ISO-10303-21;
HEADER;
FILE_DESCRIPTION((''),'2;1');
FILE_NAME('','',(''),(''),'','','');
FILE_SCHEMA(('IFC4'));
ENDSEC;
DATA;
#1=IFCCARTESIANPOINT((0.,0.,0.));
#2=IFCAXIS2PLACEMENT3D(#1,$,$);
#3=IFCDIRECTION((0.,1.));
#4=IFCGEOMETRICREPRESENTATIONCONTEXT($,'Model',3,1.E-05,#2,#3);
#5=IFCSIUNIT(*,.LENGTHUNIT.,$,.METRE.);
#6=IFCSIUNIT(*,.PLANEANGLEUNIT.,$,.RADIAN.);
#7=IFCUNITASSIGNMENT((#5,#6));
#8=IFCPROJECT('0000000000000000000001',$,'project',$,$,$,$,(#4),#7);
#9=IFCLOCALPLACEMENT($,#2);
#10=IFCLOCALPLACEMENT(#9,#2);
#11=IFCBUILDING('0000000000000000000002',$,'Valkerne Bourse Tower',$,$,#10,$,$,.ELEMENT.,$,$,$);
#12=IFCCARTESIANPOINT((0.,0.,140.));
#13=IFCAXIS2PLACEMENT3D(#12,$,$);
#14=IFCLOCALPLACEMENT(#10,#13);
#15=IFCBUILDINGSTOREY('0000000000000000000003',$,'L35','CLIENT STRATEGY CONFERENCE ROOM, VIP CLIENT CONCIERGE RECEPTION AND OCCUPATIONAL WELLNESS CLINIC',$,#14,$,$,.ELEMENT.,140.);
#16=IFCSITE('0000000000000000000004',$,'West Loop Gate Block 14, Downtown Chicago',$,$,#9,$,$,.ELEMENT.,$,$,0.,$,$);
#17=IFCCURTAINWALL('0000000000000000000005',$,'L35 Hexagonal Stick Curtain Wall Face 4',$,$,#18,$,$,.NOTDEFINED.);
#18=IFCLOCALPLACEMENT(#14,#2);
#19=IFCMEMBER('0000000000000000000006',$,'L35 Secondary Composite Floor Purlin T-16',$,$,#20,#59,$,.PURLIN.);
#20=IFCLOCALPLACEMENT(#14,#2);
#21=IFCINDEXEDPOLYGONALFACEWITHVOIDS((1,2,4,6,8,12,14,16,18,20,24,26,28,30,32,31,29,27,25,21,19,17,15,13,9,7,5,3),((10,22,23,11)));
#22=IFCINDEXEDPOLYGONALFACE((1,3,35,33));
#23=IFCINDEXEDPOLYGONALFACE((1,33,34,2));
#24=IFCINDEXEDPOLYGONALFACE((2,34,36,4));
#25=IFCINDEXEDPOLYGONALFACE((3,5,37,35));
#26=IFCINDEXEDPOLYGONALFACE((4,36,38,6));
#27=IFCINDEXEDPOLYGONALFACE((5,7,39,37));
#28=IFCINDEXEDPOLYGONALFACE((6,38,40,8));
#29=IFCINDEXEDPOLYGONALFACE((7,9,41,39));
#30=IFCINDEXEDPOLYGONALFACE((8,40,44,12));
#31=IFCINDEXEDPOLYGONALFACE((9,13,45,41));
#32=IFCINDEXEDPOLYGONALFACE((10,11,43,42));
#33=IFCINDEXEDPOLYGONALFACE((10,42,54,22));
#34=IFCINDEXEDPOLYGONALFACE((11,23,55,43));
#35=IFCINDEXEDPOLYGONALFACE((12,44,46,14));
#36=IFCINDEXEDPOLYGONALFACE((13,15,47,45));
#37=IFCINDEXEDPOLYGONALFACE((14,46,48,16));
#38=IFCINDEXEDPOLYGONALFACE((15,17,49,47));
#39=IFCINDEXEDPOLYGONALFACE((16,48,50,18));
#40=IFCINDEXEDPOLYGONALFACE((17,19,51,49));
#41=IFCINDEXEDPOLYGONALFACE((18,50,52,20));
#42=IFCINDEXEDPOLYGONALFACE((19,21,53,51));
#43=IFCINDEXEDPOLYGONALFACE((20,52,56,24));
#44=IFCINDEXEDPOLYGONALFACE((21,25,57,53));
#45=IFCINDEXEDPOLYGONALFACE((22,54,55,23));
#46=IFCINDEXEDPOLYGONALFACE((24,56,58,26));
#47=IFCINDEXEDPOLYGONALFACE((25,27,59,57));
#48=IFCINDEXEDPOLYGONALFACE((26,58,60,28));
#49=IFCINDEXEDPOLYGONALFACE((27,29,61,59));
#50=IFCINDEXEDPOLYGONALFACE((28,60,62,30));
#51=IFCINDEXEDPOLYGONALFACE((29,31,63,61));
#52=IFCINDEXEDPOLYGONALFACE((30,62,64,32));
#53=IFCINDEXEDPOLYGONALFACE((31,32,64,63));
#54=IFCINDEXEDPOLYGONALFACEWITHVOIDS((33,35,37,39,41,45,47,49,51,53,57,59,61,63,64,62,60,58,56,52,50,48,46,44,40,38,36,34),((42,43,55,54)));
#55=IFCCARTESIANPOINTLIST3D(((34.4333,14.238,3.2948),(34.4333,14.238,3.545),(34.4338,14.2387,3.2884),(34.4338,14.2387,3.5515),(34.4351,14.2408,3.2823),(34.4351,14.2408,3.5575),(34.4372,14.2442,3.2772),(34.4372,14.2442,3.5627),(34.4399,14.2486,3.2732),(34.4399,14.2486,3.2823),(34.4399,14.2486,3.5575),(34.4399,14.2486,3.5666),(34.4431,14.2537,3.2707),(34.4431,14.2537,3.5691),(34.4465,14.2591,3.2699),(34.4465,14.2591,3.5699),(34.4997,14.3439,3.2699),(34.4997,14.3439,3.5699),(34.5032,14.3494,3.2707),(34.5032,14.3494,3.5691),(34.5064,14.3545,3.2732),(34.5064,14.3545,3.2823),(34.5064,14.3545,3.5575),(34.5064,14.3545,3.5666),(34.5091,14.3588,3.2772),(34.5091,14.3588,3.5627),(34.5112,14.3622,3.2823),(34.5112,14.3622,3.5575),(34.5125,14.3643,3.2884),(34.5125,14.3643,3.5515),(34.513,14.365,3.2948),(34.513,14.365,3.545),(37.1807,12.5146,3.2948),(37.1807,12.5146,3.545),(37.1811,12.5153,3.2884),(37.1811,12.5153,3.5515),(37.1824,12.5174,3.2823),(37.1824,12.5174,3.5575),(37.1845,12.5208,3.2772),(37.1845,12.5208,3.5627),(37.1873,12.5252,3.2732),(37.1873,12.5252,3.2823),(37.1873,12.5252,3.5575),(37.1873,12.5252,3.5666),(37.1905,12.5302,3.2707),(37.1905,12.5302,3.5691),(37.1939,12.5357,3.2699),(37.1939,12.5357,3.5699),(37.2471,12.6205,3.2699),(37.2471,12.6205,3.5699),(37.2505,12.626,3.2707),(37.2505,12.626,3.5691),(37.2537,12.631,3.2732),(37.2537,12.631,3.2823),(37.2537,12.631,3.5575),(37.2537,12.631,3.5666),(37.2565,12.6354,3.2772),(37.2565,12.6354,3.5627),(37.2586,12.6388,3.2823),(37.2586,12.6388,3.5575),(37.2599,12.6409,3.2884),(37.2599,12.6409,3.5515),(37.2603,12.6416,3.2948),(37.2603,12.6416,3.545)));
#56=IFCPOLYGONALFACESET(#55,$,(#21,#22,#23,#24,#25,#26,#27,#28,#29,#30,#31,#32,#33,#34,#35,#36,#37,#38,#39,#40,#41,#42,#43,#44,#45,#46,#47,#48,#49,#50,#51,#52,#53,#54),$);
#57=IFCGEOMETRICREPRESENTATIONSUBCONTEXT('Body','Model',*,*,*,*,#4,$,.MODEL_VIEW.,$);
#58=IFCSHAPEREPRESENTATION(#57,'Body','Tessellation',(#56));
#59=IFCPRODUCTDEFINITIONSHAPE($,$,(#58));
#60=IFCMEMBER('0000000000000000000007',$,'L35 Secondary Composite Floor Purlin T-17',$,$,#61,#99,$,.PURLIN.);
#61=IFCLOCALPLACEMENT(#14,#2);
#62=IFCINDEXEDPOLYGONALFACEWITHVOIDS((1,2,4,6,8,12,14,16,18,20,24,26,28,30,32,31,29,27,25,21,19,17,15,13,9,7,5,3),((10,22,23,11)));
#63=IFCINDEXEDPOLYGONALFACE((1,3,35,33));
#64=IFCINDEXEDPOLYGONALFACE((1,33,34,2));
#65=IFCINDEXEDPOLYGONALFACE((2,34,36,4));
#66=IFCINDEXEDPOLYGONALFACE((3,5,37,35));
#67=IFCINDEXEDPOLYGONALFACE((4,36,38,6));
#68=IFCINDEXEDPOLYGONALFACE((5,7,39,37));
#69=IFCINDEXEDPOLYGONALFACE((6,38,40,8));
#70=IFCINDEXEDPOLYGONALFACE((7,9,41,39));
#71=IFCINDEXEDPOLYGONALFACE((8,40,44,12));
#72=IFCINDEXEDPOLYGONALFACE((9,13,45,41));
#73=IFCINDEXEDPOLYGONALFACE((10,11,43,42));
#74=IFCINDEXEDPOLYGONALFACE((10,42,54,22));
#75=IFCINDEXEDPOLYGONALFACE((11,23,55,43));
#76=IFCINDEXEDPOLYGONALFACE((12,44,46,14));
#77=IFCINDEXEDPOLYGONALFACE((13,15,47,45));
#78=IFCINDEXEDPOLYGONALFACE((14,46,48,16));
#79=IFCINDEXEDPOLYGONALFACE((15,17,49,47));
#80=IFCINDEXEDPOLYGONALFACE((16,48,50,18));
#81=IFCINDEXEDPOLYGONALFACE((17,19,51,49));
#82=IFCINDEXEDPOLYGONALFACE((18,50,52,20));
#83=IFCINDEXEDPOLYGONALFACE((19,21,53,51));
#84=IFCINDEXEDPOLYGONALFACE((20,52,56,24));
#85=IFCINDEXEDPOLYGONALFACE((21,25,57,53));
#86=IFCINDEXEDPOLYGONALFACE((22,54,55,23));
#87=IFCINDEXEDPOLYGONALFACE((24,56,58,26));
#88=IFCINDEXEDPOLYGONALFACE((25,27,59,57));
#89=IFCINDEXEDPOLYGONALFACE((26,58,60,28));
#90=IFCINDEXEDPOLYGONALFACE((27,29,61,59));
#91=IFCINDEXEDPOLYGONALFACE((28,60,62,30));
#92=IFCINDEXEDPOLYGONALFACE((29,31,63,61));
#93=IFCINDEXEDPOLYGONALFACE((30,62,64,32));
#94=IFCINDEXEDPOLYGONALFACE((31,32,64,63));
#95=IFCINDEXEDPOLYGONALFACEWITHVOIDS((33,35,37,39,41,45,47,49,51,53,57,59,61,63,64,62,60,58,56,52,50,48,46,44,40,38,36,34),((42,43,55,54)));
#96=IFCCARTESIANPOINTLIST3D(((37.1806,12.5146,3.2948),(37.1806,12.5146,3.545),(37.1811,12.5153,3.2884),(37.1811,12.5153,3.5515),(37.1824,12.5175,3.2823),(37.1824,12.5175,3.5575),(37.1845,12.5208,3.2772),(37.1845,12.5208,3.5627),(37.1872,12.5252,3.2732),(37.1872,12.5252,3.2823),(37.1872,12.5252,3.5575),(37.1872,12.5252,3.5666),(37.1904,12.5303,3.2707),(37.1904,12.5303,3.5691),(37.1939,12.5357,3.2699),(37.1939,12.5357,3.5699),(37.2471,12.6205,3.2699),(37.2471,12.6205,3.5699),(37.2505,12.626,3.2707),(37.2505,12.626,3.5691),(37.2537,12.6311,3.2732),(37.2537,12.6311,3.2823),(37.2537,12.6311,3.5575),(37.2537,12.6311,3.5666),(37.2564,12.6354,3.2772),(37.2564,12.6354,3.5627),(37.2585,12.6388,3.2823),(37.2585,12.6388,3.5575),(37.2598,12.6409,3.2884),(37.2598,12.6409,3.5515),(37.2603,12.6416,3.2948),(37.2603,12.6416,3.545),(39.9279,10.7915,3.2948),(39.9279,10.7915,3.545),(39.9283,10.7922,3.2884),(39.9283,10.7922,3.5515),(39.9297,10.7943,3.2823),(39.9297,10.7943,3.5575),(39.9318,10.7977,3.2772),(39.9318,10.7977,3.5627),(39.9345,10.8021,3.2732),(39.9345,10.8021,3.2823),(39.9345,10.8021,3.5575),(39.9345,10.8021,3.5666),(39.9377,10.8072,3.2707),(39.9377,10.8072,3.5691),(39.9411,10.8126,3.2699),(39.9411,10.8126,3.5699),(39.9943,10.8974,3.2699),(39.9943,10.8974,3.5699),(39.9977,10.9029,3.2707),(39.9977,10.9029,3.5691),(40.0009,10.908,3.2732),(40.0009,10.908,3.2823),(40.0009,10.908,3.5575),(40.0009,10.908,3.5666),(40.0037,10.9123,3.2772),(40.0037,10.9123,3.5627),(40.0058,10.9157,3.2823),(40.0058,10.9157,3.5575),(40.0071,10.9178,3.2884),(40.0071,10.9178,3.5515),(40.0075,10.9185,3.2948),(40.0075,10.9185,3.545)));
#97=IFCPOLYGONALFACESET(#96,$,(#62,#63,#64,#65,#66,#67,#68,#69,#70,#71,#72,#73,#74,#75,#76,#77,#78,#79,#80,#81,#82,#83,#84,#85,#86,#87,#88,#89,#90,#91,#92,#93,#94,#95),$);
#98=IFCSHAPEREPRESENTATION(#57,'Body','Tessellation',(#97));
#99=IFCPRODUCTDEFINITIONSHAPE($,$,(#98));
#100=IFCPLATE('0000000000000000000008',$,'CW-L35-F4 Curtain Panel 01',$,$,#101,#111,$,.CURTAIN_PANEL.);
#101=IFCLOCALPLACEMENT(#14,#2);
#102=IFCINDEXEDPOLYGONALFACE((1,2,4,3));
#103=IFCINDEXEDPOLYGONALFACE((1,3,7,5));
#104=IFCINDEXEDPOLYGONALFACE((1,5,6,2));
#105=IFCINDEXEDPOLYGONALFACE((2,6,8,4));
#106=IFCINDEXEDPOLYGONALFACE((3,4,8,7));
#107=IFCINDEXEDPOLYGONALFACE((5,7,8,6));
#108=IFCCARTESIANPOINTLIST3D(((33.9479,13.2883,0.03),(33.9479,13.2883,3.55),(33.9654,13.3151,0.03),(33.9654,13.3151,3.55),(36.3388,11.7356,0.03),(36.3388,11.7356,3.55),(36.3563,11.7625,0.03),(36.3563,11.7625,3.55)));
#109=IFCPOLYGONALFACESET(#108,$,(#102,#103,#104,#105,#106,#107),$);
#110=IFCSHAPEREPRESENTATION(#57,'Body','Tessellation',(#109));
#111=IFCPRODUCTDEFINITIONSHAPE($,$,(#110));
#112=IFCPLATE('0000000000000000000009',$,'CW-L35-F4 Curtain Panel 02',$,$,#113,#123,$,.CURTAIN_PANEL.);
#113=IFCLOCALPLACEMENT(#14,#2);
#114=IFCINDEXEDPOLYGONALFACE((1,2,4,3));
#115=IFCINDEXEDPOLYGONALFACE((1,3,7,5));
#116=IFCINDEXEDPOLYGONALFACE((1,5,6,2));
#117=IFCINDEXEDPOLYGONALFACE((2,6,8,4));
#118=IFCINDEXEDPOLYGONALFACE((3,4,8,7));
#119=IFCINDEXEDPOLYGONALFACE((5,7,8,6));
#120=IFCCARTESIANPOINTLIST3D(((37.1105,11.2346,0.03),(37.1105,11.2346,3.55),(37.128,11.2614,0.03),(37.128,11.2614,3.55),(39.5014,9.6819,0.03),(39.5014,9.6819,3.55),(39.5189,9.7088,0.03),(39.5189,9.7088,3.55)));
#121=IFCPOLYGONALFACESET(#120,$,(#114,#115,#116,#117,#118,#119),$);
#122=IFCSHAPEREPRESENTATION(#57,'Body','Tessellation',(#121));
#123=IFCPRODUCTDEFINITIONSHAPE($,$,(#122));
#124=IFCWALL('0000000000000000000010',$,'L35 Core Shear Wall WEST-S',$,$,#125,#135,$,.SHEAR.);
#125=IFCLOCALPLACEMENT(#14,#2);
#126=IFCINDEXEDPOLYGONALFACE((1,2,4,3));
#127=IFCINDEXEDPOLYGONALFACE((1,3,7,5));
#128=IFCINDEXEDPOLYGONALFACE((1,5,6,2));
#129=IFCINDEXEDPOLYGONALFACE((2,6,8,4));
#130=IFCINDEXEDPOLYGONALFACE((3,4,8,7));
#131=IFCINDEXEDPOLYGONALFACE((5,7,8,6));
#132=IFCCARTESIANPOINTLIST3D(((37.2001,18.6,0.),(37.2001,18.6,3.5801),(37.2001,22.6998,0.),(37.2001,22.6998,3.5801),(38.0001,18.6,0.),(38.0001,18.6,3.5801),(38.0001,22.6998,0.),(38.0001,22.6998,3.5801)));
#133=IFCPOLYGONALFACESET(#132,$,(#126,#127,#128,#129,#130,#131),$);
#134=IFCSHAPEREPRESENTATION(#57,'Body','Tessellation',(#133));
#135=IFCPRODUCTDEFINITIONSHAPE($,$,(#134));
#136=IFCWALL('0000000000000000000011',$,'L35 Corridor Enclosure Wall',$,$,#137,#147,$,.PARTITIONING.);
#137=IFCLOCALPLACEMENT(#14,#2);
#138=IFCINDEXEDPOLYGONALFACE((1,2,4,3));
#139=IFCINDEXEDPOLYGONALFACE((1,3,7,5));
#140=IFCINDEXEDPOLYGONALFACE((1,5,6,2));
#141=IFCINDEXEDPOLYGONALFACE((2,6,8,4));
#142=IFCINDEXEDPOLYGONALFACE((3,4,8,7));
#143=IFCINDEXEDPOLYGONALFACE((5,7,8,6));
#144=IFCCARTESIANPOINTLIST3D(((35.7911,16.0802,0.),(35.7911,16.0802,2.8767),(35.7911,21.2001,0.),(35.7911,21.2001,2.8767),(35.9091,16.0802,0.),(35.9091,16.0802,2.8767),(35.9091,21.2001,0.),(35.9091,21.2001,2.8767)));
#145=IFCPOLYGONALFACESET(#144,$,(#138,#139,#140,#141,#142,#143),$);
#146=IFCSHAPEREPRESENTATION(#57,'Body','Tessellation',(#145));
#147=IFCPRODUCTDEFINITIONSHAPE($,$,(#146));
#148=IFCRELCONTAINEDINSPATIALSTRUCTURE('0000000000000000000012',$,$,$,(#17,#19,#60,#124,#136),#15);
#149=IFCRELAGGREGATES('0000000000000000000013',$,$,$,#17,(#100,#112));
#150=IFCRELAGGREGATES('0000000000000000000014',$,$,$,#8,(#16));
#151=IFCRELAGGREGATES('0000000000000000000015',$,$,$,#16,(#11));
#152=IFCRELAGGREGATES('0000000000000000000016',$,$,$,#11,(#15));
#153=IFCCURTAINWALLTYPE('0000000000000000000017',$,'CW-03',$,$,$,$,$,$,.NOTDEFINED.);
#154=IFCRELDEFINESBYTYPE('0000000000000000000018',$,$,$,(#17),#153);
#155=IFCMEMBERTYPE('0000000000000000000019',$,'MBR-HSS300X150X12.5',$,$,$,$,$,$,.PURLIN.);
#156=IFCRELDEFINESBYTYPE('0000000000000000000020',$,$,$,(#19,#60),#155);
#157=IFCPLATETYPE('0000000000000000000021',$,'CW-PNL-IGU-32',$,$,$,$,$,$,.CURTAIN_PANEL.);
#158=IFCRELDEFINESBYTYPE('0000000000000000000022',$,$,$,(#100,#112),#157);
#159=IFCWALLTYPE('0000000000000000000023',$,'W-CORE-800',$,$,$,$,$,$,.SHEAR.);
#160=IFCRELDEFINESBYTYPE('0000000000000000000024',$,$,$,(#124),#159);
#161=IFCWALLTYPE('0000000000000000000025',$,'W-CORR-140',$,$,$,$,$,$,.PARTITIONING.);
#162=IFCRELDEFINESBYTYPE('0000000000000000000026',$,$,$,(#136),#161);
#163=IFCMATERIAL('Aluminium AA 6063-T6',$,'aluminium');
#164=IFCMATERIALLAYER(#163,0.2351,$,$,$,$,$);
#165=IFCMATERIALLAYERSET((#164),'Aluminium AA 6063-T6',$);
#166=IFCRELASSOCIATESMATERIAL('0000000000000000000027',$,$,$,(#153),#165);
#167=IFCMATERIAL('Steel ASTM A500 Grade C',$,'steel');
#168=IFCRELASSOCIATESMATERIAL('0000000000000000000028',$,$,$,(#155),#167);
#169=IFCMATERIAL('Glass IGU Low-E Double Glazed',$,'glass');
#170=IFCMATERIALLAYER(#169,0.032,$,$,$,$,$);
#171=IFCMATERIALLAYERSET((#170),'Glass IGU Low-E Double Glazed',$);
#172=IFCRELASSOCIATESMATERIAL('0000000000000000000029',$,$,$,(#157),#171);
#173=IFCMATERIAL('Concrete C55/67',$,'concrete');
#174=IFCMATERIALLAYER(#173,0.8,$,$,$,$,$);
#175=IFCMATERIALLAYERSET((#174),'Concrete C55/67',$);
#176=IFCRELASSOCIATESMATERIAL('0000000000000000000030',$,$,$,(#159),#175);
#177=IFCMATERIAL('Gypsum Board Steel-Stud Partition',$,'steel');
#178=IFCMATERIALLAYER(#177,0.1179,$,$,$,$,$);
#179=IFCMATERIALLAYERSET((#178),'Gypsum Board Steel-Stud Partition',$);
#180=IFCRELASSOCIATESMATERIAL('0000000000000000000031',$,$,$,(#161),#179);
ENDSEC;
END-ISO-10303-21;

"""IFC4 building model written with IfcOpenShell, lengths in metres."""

from ifc_helpers import new_model, si_unit, direction, frame, frame_2d, origin, origin_2d, place, context, subcontext, project, spatial, rectangle, hollow_rectangle, extrude, material, layer, layer_set, material_profile, profile_set, type_object, element, aggregate, save


model = new_model("IFC4")

# Units and contexts
model_context = context("Model", 3, precision=1e-05, world=origin(), true_north=direction((0.0, 1.0)))
body_context = subcontext(model_context, "Body", "Model", "MODEL_VIEW")
ifc_project = project(units=[si_unit("LENGTHUNIT", "METRE"), si_unit("PLANEANGLEUNIT", "RADIAN")], contexts=[model_context])

# Site, building, storey
site_placement = place(None, origin())
site = spatial("IfcSite", under=ifc_project, at=site_placement, Name="West Loop Gate Block 14, Downtown Chicago", CompositionType="ELEMENT", RefElevation=0.0)
building_placement = place(site_placement, origin())
building = spatial("IfcBuilding", under=site, at=building_placement, Name="Valkerne Bourse Tower", CompositionType="ELEMENT")
storey_placement = place(building_placement, frame((0.0, 0.0, 140.0)))
storey = spatial("IfcBuildingStorey", under=building, at=storey_placement, Name="L35", Description="CLIENT STRATEGY CONFERENCE ROOM, VIP CLIENT CONCIERGE RECEPTION AND OCCUPATIONAL WELLNESS CLINIC", CompositionType="ELEMENT", Elevation=140.0)

# Curtain wall
ifc_material_1 = material(Name="Aluminium AA 6063-T6", Category="aluminium")
ifc_layer_1 = layer(ifc_material_1, 0.2351)
ifc_layer_set_1 = layer_set([ifc_layer_1], Name="Aluminium AA 6063-T6")
curtain_wall_type = type_object("IfcCurtainWallType", Name="CW-03", PredefinedType="NOTDEFINED", material=ifc_layer_set_1)
curtain_wall_placement = place(storey_placement, origin())
curtain_wall = element("IfcCurtainWall", 1, at=curtain_wall_placement, inside=storey, type_object=curtain_wall_type, Name="L35 Hexagonal Stick Curtain Wall Face 4", PredefinedType="NOTDEFINED")

# Members
ifc_material_2 = material(Name="Steel ASTM A500 Grade C", Category="steel")
ifc_material_profile_1 = material_profile(ifc_material_2, hollow_rectangle(XDim=0.1499, YDim=0.3, WallThickness=0.0125, OuterFilletRadius=0.0249, at=origin_2d()), Name="HSS300X150X12.5")
ifc_profile_set_1 = profile_set([ifc_material_profile_1], Name="Steel ASTM A500 Grade C")
member_type_1 = type_object("IfcMemberType", Name="MBR-HSS300X150X12.5", PredefinedType="PURLIN", material=ifc_profile_set_1)
member_1_placement = place(storey_placement, frame((34.4731, 14.3015, 3.4199), z_axis=(0.847122, -0.531399, 0.0), x_axis=(0.531399, 0.847122, 0.0)))
element("IfcMember", 2, at=member_1_placement, inside=storey, type_object=member_type_1, Name="L35 Secondary Composite Floor Purlin T-16", PredefinedType="PURLIN", context=body_context, shape_type="SweptSolid", body=[
    extrude(hollow_rectangle(XDim=0.1499, YDim=0.3, WallThickness=0.0125, OuterFilletRadius=0.0249, at=origin_2d()), origin(), (0.0, 0.0, 1.0), 3.2432),
])
member_2_placement = place(storey_placement, frame((37.2205, 12.5781, 3.4199), z_axis=(0.847156, -0.531345, 0.0), x_axis=(0.531345, 0.847156, 0.0)))
element("IfcMember", 3, at=member_2_placement, inside=storey, type_object=member_type_1, Name="L35 Secondary Composite Floor Purlin T-17", PredefinedType="PURLIN", context=body_context, shape_type="SweptSolid", body=[
    extrude(hollow_rectangle(XDim=0.1499, YDim=0.3, WallThickness=0.0125, OuterFilletRadius=0.0249, at=origin_2d()), origin(), (0.0, 0.0, 1.0), 3.2429),
])

# Plates
ifc_material_3 = material(Name="Glass IGU Low-E Double Glazed", Category="glass")
ifc_layer_2 = layer(ifc_material_3, 0.032)
ifc_layer_set_2 = layer_set([ifc_layer_2], Name="Glass IGU Low-E Double Glazed")
plate_type = type_object("IfcPlateType", Name="CW-PNL-IGU-32", PredefinedType="CURTAIN_PANEL", material=ifc_layer_set_2)
plate_1_placement = place(storey_placement, frame((35.1521, 12.5254, 0.03), z_axis=(0.0, 0.0, 1.0), x_axis=(0.838673, -0.544636, 0.0)))
plate_1 = element("IfcPlate", 4, at=plate_1_placement, type_object=plate_type, Name="CW-L35-F4 Curtain Panel 01", PredefinedType="CURTAIN_PANEL", context=body_context, shape_type="SweptSolid", body=[
    extrude(rectangle(XDim=2.8508, YDim=0.032, at=origin_2d()), origin(), (0.0, 0.0, 1.0), 3.52),
])
plate_2_placement = place(storey_placement, frame((38.3147, 10.4717, 0.03), z_axis=(0.0, 0.0, 1.0), x_axis=(0.838673, -0.544636, 0.0)))
plate_2 = element("IfcPlate", 5, at=plate_2_placement, type_object=plate_type, Name="CW-L35-F4 Curtain Panel 02", PredefinedType="CURTAIN_PANEL", context=body_context, shape_type="SweptSolid", body=[
    extrude(rectangle(XDim=2.8508, YDim=0.032, at=origin_2d()), origin(), (0.0, 0.0, 1.0), 3.52),
])
aggregate(curtain_wall, [plate_1, plate_2])

# Shared definitions
ifc_material_4 = material(Name="Concrete C55/67", Category="concrete")
ifc_layer_3 = layer(ifc_material_4, 0.8)
ifc_layer_set_3 = layer_set([ifc_layer_3], Name="Concrete C55/67")
wall_type_1 = type_object("IfcWallType", Name="W-CORE-800", PredefinedType="SHEAR", material=ifc_layer_set_3)

# Walls
wall_1_placement = place(storey_placement, frame((37.6001, 18.6001, 0.0), z_axis=(0.0, 0.0, 1.0), x_axis=(0.0, 1.0, 0.0)))
element("IfcWall", 6, at=wall_1_placement, inside=storey, type_object=wall_type_1, Name="L35 Core Shear Wall WEST-S", PredefinedType="SHEAR", context=body_context, shape_type="SweptSolid", body=[
    extrude(rectangle(XDim=4.0999, YDim=0.8, at=frame_2d((2.0498, 0.0))), origin(), (0.0, 0.0, 1.0), 3.5801),
])
ifc_material_5 = material(Name="Gypsum Board Steel-Stud Partition", Category="steel")
ifc_layer_4 = layer(ifc_material_5, 0.1179)
ifc_layer_set_4 = layer_set([ifc_layer_4], Name="Gypsum Board Steel-Stud Partition")
wall_type_2 = type_object("IfcWallType", Name="W-CORR-140", PredefinedType="PARTITIONING", material=ifc_layer_set_4)
wall_2_placement = place(storey_placement, frame((35.8501, 16.0801, 0.0), z_axis=(0.0, 0.0, 1.0), x_axis=(0.0, 1.0, 0.0)))
element("IfcWall", 7, at=wall_2_placement, inside=storey, type_object=wall_type_2, Name="L35 Corridor Enclosure Wall", PredefinedType="PARTITIONING", context=body_context, shape_type="SweptSolid", body=[
    extrude(rectangle(XDim=5.1199, YDim=0.1179, at=frame_2d((2.5601, 0.0))), origin(), (0.0, 0.0, 1.0), 2.8767),
])

save(model, "model.ifc")
